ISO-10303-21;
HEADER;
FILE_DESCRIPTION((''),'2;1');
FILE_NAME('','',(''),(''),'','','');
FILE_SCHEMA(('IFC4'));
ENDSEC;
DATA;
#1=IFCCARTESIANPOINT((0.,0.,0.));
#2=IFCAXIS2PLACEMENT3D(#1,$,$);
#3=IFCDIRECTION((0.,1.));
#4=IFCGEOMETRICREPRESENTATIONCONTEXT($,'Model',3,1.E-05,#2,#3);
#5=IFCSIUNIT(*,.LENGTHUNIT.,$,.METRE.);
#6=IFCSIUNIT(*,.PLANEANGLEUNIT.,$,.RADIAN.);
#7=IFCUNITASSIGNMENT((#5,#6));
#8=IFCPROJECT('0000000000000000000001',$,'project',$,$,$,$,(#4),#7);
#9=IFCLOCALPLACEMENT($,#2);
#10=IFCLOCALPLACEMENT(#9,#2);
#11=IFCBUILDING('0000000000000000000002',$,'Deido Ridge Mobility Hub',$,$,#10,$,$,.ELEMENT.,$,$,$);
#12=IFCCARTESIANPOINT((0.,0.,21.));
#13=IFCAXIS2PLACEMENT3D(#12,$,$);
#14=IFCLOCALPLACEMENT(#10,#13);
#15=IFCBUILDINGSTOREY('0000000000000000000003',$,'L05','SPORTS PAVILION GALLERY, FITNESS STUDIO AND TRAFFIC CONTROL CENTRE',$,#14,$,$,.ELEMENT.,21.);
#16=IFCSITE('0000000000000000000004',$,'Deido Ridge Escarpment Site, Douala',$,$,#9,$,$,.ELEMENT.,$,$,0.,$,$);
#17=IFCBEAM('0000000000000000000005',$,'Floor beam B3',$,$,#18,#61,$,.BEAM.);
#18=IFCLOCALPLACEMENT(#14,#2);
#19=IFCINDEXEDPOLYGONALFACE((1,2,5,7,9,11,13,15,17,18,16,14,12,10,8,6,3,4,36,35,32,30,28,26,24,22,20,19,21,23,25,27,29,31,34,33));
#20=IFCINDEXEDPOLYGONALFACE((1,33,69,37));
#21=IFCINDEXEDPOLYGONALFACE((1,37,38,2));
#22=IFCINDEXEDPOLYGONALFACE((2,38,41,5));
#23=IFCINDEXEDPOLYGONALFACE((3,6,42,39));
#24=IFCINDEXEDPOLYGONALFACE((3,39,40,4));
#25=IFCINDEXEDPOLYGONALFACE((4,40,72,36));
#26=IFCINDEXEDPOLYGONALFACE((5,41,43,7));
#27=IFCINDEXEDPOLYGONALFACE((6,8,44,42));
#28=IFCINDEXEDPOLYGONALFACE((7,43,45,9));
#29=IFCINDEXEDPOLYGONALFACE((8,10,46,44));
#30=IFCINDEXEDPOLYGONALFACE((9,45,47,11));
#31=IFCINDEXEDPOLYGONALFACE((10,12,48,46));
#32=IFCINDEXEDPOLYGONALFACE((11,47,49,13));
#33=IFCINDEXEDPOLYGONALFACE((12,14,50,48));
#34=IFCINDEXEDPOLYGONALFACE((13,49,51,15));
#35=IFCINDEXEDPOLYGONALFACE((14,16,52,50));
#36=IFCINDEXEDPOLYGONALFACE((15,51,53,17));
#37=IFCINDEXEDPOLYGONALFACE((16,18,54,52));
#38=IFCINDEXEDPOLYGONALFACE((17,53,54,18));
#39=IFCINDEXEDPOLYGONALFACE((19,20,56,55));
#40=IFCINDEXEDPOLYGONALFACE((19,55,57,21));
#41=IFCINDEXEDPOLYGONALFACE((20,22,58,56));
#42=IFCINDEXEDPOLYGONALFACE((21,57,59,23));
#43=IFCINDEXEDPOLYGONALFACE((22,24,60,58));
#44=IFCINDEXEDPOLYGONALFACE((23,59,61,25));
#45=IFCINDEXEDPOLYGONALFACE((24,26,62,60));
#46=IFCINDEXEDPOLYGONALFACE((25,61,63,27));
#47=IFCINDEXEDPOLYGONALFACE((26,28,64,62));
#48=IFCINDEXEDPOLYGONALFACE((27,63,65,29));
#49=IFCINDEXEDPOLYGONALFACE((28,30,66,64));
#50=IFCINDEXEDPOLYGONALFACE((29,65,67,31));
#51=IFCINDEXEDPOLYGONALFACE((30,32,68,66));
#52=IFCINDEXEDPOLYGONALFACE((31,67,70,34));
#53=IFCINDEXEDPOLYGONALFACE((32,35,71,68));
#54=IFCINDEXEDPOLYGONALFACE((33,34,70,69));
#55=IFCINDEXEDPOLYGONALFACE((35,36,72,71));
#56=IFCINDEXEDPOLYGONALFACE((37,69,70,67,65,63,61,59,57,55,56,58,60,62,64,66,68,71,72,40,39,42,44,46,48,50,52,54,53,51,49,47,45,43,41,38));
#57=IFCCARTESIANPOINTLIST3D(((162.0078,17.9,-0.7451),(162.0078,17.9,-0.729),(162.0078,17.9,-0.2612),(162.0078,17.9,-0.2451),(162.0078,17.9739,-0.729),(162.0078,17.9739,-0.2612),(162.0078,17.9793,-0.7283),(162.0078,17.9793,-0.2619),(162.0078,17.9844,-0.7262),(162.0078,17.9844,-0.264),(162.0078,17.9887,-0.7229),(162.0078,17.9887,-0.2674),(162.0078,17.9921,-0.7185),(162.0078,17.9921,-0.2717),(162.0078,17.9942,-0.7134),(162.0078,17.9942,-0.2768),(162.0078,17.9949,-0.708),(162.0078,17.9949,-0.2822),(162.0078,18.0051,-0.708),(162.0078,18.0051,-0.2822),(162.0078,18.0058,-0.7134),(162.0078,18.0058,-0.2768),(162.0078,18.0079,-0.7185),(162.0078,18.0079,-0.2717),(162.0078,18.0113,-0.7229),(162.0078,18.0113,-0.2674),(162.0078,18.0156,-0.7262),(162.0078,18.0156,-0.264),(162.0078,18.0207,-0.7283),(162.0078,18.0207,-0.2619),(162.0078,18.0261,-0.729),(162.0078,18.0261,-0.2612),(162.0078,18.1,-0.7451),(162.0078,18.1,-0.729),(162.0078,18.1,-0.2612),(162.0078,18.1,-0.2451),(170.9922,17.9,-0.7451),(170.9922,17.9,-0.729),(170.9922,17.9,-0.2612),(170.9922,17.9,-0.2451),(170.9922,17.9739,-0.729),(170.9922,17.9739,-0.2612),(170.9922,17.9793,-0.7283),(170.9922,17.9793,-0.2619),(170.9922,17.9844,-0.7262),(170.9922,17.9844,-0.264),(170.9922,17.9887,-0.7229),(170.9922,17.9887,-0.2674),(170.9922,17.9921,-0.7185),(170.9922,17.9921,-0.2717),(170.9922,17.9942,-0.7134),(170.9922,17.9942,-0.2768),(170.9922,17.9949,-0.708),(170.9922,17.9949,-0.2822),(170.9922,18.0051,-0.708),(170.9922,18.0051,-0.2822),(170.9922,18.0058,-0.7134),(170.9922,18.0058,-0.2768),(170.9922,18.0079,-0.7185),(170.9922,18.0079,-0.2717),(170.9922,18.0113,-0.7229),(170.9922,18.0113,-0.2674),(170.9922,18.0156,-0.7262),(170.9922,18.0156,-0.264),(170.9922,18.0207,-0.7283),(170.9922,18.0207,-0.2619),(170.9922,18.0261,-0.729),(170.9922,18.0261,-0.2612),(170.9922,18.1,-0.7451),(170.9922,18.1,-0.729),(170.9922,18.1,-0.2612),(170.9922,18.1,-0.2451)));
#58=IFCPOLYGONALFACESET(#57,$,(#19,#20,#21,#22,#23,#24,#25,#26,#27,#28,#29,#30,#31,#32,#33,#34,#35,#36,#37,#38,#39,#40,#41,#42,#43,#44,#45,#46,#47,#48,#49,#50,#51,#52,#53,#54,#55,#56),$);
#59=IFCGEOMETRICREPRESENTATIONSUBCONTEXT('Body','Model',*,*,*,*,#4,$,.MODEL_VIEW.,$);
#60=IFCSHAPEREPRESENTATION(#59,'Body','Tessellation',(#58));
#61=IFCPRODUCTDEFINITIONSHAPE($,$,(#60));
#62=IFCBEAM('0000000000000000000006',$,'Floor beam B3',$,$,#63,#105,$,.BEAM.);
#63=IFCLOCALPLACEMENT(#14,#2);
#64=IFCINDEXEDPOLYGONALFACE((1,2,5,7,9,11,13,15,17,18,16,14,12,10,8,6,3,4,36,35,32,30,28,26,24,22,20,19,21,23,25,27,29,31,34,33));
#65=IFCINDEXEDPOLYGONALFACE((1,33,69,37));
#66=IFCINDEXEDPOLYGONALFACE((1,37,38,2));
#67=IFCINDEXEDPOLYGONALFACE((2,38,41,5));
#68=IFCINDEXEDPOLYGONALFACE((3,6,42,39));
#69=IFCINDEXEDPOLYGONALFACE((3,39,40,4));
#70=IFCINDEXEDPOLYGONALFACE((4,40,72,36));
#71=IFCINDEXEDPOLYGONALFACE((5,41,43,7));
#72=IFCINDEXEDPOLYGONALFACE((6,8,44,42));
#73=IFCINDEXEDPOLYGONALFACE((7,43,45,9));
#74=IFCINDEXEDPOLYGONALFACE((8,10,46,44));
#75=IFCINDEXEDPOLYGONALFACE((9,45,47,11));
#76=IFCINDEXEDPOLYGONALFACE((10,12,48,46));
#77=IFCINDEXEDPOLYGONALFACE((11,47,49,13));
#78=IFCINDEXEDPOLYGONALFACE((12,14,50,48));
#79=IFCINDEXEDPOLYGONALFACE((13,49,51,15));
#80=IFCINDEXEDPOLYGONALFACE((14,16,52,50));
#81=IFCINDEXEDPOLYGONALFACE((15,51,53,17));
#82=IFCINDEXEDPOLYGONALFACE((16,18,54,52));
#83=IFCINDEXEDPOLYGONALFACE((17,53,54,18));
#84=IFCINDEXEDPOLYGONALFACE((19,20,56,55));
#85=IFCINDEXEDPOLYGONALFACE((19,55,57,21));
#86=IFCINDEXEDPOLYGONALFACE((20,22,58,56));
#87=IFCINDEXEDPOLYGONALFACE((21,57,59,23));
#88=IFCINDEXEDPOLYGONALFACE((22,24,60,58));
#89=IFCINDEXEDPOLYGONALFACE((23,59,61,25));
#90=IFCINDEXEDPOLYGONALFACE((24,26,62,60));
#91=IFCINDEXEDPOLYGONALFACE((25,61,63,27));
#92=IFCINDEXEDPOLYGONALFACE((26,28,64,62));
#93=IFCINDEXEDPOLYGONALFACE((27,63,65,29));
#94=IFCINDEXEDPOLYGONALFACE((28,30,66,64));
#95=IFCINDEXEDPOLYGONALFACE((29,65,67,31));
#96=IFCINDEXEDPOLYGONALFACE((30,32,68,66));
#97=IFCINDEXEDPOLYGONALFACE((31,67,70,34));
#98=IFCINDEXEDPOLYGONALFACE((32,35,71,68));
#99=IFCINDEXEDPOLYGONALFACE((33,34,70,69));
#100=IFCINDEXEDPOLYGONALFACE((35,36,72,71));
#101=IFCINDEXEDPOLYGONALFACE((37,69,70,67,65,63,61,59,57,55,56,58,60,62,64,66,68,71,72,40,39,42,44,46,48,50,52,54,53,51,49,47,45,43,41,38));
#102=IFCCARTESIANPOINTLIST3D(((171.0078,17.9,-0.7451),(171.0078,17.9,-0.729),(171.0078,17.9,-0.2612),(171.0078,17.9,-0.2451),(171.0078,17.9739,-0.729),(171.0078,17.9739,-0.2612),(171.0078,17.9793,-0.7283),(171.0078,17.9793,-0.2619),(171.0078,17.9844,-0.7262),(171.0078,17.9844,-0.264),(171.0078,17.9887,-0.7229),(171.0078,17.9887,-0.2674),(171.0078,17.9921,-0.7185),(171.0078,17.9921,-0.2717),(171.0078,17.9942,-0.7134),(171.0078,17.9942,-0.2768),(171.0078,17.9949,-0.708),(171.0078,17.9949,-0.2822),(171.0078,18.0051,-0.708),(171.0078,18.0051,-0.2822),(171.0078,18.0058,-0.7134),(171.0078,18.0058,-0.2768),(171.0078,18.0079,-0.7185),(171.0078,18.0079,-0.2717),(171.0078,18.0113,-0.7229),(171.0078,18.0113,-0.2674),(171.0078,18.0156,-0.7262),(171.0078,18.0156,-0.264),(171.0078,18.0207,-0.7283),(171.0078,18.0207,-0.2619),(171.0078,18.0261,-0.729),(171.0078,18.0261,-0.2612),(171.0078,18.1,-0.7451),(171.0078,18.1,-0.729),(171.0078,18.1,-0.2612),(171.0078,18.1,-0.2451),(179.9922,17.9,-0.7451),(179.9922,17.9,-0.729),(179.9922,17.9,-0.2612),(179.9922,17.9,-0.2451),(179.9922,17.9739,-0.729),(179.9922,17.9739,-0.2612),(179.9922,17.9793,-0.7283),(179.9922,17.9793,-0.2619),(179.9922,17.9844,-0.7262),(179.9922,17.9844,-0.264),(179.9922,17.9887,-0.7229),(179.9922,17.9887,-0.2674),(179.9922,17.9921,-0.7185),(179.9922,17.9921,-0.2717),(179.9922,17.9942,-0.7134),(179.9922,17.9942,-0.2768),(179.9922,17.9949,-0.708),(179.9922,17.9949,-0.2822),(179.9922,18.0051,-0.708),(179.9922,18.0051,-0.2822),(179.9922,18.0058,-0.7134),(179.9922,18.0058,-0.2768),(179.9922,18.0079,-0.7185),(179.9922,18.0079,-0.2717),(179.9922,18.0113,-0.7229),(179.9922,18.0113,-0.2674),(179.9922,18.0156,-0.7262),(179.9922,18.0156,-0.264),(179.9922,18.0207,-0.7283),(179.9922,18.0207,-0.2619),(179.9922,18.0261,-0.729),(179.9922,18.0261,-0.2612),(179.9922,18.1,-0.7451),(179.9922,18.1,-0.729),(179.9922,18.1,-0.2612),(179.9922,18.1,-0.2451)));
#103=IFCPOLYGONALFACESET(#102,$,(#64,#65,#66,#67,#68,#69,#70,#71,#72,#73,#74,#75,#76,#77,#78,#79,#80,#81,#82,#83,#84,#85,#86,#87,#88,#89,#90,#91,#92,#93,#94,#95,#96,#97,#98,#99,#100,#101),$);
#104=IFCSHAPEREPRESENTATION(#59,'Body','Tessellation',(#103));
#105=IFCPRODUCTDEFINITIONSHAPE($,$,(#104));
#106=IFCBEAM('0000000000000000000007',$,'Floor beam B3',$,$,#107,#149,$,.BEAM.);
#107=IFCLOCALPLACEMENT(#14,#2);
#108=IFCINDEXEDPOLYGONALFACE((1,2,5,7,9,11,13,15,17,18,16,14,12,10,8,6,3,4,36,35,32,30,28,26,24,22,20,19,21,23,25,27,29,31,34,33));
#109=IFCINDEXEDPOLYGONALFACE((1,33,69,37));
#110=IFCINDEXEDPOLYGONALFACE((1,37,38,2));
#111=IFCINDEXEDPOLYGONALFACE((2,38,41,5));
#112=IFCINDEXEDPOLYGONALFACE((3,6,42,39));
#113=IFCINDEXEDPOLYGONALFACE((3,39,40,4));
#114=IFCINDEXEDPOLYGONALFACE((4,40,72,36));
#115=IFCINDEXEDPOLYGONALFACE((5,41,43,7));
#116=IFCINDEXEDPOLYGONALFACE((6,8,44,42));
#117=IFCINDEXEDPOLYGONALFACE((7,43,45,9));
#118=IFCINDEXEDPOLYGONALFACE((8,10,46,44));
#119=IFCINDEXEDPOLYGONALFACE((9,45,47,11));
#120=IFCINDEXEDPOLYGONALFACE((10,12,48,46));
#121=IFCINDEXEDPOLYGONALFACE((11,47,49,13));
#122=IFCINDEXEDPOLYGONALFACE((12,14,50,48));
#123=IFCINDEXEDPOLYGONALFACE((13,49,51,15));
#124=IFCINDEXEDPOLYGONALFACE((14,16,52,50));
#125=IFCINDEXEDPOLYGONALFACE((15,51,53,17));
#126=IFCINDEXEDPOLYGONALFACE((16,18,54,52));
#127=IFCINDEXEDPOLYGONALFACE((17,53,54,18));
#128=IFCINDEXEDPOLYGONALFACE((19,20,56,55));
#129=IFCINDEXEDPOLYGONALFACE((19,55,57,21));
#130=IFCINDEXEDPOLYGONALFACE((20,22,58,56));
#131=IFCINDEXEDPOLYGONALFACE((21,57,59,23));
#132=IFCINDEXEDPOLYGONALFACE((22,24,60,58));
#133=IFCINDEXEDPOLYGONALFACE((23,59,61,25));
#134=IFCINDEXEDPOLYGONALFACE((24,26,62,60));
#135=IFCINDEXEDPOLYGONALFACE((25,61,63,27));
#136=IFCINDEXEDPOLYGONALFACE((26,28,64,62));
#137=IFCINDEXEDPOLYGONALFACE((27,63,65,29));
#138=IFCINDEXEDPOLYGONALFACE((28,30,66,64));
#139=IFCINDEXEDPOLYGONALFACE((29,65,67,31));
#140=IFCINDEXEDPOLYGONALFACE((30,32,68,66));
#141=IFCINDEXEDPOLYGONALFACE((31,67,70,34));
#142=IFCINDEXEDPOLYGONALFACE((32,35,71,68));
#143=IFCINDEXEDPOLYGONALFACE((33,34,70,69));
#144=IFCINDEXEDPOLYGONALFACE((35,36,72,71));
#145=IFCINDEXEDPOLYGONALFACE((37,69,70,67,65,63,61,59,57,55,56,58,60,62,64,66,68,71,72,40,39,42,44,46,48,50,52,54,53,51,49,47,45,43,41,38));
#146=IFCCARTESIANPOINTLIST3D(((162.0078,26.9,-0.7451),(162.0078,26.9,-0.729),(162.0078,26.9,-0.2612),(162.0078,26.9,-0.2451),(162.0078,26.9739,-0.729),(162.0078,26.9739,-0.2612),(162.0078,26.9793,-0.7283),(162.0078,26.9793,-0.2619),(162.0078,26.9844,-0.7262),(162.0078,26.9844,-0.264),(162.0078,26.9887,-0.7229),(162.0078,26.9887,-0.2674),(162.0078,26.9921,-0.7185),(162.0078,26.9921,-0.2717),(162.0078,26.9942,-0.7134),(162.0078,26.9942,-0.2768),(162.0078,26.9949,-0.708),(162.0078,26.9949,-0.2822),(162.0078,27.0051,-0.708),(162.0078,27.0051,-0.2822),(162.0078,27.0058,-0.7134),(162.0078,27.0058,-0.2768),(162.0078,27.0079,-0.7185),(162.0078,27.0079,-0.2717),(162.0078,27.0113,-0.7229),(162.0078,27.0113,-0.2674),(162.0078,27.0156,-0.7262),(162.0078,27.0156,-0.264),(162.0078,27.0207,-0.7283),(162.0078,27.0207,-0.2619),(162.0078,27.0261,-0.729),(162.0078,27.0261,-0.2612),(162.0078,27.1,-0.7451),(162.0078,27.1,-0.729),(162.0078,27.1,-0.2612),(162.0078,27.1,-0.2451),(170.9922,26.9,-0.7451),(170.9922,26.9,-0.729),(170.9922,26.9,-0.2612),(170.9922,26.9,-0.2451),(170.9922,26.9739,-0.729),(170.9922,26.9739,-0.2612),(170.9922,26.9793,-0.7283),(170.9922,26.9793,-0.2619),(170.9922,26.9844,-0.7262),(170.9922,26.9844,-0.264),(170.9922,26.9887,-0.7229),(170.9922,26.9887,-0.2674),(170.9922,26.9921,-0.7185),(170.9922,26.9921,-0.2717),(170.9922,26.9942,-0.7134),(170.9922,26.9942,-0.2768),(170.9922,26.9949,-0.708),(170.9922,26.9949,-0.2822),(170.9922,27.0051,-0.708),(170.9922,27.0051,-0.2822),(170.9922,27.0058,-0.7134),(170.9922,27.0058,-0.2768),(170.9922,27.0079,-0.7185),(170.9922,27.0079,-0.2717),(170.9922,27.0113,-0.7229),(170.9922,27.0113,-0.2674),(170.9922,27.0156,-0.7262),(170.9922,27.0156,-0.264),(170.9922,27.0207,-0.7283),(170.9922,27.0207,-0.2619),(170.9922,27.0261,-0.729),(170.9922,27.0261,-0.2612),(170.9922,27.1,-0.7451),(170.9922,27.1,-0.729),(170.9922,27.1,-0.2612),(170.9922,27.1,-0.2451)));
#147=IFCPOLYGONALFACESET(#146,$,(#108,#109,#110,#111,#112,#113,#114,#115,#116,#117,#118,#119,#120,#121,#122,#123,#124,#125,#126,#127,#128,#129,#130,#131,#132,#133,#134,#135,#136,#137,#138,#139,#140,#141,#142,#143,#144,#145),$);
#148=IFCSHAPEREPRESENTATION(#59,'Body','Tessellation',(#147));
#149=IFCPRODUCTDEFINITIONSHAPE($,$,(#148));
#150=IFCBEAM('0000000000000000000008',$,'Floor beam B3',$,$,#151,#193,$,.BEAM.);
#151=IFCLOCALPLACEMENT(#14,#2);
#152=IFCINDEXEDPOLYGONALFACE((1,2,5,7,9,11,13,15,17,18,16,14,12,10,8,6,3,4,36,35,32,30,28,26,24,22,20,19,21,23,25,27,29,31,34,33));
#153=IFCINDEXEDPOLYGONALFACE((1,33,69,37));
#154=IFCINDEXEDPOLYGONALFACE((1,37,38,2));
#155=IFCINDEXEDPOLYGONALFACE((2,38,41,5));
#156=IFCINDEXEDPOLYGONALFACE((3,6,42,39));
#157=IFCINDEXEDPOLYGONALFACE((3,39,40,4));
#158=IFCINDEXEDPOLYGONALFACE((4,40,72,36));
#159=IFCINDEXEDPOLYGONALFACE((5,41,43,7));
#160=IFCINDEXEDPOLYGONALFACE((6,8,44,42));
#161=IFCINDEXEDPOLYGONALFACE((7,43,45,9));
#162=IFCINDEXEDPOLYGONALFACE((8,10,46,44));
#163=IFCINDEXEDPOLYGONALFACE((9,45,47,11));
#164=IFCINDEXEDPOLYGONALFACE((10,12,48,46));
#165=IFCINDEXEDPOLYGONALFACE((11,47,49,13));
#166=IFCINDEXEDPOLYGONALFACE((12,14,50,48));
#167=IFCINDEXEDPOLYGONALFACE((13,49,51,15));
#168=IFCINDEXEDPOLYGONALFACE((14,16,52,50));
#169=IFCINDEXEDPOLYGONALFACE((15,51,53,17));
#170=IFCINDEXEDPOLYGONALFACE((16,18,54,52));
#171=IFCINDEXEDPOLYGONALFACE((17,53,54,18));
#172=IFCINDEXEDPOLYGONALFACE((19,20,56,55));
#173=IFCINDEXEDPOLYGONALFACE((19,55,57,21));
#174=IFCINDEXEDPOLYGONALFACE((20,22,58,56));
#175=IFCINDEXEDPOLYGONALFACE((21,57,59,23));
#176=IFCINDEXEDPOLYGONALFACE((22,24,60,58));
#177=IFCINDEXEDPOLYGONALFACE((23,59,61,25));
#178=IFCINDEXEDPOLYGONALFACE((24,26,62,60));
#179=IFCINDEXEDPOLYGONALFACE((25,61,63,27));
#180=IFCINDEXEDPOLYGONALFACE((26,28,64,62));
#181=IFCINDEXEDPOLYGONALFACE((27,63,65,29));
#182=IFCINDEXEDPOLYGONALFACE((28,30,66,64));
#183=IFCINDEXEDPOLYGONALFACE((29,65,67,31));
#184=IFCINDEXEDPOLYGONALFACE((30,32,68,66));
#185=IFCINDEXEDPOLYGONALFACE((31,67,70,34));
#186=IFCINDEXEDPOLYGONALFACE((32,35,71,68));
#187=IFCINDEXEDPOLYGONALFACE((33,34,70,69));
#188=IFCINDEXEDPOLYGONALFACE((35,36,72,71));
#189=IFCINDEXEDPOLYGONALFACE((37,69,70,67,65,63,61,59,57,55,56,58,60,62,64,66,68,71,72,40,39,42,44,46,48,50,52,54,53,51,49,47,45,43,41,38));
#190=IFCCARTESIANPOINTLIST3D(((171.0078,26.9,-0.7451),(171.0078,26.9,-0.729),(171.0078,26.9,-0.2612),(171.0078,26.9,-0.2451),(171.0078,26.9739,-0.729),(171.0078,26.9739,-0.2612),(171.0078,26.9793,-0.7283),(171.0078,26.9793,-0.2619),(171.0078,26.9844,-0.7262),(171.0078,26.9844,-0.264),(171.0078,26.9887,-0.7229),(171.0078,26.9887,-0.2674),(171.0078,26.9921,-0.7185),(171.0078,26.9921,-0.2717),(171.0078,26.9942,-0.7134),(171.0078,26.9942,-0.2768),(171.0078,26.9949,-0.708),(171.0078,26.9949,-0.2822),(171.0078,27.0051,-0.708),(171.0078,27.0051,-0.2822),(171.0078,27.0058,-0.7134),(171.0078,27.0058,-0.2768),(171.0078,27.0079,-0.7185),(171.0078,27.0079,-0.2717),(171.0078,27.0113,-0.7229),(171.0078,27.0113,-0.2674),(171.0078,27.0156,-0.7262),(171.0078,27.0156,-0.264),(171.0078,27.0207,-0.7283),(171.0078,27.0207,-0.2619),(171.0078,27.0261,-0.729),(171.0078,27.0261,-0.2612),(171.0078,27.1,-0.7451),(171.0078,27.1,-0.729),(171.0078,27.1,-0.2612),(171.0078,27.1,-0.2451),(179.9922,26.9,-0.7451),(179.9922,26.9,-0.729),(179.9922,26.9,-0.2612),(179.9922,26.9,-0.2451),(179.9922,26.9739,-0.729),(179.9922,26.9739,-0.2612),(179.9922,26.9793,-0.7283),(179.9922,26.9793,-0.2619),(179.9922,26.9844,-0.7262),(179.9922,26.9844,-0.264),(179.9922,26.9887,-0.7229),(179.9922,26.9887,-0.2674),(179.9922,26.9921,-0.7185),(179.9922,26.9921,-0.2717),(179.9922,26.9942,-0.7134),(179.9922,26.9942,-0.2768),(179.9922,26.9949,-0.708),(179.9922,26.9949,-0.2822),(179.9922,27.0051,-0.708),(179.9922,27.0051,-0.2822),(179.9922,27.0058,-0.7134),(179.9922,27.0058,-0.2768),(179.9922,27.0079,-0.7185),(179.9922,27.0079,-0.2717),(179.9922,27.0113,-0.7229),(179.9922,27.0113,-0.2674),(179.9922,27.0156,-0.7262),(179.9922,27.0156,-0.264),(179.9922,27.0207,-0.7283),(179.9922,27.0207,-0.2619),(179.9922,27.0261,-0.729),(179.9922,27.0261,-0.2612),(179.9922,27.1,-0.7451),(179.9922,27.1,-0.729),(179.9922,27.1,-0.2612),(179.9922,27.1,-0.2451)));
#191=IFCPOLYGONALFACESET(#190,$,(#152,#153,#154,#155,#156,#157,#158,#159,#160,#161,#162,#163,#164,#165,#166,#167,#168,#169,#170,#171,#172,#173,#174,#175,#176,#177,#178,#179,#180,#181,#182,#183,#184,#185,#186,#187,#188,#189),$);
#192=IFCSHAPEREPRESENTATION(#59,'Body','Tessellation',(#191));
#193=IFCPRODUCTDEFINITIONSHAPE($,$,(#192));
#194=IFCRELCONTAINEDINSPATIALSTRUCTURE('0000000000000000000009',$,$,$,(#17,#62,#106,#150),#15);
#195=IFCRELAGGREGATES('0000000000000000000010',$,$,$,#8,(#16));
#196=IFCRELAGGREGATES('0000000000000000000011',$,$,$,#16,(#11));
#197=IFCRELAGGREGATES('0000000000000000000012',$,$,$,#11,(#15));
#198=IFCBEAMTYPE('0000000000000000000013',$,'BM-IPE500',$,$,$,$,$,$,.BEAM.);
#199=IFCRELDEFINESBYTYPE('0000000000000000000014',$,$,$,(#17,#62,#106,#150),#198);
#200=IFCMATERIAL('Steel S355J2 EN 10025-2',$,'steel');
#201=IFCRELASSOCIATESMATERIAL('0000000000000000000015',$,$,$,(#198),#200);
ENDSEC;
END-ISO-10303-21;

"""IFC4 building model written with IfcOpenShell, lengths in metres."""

from ifc_helpers import new_model, si_unit, direction, frame, origin, origin_2d, place, context, subcontext, project, spatial, i_section, extrude, material, material_profile, profile_set, type_object, element, save


model = new_model("IFC4")

# Units and contexts
model_context = context("Model", 3, precision=1e-05, world=origin(), true_north=direction((0.0, 1.0)))
body_context = subcontext(model_context, "Body", "Model", "MODEL_VIEW")
ifc_project = project(units=[si_unit("LENGTHUNIT", "METRE"), si_unit("PLANEANGLEUNIT", "RADIAN")], contexts=[model_context])

# Site, building, storey
site_placement = place(None, origin())
site = spatial("IfcSite", under=ifc_project, at=site_placement, Name="Deido Ridge Escarpment Site, Douala", CompositionType="ELEMENT", RefElevation=0.0)
building_placement = place(site_placement, origin())
building = spatial("IfcBuilding", under=site, at=building_placement, Name="Deido Ridge Mobility Hub", CompositionType="ELEMENT")
storey_placement = place(building_placement, frame((0.0, 0.0, 21.0)))
storey = spatial("IfcBuildingStorey", under=building, at=storey_placement, Name="L05", Description="SPORTS PAVILION GALLERY, FITNESS STUDIO AND TRAFFIC CONTROL CENTRE", CompositionType="ELEMENT", Elevation=21.0)

# Shared definitions
ifc_material_1 = material(Name="Steel S355J2 EN 10025-2", Category="steel")

# Beams
ifc_material_profile_1 = material_profile(ifc_material_1, i_section(OverallWidth=0.2, OverallDepth=0.5, WebThickness=0.0103, FlangeThickness=0.0161, FilletRadius=0.021, at=origin_2d()), Name="IPE 500")
ifc_profile_set_1 = profile_set([ifc_material_profile_1], Name="Steel S355J2 EN 10025-2")
beam_type_1 = type_object("IfcBeamType", Name="BM-IPE500", PredefinedType="BEAM", material=ifc_profile_set_1)
for number, where, z_axis, x_axis, name in (
    (1, (162.0078, 18.0, -0.4951), (1.0, 0.0, 0.0), (0.0, 1.0, 0.0), "Floor beam B3"),
    (2, (171.0078, 18.0, -0.4951), (1.0, 0.0, 0.0), (0.0, 1.0, 0.0), "Floor beam B3"),
    (3, (162.0078, 27.0, -0.4951), (1.0, 0.0, 0.0), (0.0, 1.0, 0.0), "Floor beam B3"),
    (4, (171.0078, 27.0, -0.4951), (1.0, 0.0, 0.0), (0.0, 1.0, 0.0), "Floor beam B3"),
):
    element("IfcBeam", number, at=place(storey_placement, frame(where, z_axis=z_axis, x_axis=x_axis)), inside=storey, type_object=beam_type_1, Name=name, PredefinedType="BEAM", context=body_context, shape_type="SweptSolid", body=[
        extrude(i_section(OverallWidth=0.2, OverallDepth=0.5, WebThickness=0.0103, FlangeThickness=0.0161, FilletRadius=0.021, at=origin_2d()), origin(), (0.0, 0.0, 1.0), 8.9844),
    ])

save(model, "model.ifc")
